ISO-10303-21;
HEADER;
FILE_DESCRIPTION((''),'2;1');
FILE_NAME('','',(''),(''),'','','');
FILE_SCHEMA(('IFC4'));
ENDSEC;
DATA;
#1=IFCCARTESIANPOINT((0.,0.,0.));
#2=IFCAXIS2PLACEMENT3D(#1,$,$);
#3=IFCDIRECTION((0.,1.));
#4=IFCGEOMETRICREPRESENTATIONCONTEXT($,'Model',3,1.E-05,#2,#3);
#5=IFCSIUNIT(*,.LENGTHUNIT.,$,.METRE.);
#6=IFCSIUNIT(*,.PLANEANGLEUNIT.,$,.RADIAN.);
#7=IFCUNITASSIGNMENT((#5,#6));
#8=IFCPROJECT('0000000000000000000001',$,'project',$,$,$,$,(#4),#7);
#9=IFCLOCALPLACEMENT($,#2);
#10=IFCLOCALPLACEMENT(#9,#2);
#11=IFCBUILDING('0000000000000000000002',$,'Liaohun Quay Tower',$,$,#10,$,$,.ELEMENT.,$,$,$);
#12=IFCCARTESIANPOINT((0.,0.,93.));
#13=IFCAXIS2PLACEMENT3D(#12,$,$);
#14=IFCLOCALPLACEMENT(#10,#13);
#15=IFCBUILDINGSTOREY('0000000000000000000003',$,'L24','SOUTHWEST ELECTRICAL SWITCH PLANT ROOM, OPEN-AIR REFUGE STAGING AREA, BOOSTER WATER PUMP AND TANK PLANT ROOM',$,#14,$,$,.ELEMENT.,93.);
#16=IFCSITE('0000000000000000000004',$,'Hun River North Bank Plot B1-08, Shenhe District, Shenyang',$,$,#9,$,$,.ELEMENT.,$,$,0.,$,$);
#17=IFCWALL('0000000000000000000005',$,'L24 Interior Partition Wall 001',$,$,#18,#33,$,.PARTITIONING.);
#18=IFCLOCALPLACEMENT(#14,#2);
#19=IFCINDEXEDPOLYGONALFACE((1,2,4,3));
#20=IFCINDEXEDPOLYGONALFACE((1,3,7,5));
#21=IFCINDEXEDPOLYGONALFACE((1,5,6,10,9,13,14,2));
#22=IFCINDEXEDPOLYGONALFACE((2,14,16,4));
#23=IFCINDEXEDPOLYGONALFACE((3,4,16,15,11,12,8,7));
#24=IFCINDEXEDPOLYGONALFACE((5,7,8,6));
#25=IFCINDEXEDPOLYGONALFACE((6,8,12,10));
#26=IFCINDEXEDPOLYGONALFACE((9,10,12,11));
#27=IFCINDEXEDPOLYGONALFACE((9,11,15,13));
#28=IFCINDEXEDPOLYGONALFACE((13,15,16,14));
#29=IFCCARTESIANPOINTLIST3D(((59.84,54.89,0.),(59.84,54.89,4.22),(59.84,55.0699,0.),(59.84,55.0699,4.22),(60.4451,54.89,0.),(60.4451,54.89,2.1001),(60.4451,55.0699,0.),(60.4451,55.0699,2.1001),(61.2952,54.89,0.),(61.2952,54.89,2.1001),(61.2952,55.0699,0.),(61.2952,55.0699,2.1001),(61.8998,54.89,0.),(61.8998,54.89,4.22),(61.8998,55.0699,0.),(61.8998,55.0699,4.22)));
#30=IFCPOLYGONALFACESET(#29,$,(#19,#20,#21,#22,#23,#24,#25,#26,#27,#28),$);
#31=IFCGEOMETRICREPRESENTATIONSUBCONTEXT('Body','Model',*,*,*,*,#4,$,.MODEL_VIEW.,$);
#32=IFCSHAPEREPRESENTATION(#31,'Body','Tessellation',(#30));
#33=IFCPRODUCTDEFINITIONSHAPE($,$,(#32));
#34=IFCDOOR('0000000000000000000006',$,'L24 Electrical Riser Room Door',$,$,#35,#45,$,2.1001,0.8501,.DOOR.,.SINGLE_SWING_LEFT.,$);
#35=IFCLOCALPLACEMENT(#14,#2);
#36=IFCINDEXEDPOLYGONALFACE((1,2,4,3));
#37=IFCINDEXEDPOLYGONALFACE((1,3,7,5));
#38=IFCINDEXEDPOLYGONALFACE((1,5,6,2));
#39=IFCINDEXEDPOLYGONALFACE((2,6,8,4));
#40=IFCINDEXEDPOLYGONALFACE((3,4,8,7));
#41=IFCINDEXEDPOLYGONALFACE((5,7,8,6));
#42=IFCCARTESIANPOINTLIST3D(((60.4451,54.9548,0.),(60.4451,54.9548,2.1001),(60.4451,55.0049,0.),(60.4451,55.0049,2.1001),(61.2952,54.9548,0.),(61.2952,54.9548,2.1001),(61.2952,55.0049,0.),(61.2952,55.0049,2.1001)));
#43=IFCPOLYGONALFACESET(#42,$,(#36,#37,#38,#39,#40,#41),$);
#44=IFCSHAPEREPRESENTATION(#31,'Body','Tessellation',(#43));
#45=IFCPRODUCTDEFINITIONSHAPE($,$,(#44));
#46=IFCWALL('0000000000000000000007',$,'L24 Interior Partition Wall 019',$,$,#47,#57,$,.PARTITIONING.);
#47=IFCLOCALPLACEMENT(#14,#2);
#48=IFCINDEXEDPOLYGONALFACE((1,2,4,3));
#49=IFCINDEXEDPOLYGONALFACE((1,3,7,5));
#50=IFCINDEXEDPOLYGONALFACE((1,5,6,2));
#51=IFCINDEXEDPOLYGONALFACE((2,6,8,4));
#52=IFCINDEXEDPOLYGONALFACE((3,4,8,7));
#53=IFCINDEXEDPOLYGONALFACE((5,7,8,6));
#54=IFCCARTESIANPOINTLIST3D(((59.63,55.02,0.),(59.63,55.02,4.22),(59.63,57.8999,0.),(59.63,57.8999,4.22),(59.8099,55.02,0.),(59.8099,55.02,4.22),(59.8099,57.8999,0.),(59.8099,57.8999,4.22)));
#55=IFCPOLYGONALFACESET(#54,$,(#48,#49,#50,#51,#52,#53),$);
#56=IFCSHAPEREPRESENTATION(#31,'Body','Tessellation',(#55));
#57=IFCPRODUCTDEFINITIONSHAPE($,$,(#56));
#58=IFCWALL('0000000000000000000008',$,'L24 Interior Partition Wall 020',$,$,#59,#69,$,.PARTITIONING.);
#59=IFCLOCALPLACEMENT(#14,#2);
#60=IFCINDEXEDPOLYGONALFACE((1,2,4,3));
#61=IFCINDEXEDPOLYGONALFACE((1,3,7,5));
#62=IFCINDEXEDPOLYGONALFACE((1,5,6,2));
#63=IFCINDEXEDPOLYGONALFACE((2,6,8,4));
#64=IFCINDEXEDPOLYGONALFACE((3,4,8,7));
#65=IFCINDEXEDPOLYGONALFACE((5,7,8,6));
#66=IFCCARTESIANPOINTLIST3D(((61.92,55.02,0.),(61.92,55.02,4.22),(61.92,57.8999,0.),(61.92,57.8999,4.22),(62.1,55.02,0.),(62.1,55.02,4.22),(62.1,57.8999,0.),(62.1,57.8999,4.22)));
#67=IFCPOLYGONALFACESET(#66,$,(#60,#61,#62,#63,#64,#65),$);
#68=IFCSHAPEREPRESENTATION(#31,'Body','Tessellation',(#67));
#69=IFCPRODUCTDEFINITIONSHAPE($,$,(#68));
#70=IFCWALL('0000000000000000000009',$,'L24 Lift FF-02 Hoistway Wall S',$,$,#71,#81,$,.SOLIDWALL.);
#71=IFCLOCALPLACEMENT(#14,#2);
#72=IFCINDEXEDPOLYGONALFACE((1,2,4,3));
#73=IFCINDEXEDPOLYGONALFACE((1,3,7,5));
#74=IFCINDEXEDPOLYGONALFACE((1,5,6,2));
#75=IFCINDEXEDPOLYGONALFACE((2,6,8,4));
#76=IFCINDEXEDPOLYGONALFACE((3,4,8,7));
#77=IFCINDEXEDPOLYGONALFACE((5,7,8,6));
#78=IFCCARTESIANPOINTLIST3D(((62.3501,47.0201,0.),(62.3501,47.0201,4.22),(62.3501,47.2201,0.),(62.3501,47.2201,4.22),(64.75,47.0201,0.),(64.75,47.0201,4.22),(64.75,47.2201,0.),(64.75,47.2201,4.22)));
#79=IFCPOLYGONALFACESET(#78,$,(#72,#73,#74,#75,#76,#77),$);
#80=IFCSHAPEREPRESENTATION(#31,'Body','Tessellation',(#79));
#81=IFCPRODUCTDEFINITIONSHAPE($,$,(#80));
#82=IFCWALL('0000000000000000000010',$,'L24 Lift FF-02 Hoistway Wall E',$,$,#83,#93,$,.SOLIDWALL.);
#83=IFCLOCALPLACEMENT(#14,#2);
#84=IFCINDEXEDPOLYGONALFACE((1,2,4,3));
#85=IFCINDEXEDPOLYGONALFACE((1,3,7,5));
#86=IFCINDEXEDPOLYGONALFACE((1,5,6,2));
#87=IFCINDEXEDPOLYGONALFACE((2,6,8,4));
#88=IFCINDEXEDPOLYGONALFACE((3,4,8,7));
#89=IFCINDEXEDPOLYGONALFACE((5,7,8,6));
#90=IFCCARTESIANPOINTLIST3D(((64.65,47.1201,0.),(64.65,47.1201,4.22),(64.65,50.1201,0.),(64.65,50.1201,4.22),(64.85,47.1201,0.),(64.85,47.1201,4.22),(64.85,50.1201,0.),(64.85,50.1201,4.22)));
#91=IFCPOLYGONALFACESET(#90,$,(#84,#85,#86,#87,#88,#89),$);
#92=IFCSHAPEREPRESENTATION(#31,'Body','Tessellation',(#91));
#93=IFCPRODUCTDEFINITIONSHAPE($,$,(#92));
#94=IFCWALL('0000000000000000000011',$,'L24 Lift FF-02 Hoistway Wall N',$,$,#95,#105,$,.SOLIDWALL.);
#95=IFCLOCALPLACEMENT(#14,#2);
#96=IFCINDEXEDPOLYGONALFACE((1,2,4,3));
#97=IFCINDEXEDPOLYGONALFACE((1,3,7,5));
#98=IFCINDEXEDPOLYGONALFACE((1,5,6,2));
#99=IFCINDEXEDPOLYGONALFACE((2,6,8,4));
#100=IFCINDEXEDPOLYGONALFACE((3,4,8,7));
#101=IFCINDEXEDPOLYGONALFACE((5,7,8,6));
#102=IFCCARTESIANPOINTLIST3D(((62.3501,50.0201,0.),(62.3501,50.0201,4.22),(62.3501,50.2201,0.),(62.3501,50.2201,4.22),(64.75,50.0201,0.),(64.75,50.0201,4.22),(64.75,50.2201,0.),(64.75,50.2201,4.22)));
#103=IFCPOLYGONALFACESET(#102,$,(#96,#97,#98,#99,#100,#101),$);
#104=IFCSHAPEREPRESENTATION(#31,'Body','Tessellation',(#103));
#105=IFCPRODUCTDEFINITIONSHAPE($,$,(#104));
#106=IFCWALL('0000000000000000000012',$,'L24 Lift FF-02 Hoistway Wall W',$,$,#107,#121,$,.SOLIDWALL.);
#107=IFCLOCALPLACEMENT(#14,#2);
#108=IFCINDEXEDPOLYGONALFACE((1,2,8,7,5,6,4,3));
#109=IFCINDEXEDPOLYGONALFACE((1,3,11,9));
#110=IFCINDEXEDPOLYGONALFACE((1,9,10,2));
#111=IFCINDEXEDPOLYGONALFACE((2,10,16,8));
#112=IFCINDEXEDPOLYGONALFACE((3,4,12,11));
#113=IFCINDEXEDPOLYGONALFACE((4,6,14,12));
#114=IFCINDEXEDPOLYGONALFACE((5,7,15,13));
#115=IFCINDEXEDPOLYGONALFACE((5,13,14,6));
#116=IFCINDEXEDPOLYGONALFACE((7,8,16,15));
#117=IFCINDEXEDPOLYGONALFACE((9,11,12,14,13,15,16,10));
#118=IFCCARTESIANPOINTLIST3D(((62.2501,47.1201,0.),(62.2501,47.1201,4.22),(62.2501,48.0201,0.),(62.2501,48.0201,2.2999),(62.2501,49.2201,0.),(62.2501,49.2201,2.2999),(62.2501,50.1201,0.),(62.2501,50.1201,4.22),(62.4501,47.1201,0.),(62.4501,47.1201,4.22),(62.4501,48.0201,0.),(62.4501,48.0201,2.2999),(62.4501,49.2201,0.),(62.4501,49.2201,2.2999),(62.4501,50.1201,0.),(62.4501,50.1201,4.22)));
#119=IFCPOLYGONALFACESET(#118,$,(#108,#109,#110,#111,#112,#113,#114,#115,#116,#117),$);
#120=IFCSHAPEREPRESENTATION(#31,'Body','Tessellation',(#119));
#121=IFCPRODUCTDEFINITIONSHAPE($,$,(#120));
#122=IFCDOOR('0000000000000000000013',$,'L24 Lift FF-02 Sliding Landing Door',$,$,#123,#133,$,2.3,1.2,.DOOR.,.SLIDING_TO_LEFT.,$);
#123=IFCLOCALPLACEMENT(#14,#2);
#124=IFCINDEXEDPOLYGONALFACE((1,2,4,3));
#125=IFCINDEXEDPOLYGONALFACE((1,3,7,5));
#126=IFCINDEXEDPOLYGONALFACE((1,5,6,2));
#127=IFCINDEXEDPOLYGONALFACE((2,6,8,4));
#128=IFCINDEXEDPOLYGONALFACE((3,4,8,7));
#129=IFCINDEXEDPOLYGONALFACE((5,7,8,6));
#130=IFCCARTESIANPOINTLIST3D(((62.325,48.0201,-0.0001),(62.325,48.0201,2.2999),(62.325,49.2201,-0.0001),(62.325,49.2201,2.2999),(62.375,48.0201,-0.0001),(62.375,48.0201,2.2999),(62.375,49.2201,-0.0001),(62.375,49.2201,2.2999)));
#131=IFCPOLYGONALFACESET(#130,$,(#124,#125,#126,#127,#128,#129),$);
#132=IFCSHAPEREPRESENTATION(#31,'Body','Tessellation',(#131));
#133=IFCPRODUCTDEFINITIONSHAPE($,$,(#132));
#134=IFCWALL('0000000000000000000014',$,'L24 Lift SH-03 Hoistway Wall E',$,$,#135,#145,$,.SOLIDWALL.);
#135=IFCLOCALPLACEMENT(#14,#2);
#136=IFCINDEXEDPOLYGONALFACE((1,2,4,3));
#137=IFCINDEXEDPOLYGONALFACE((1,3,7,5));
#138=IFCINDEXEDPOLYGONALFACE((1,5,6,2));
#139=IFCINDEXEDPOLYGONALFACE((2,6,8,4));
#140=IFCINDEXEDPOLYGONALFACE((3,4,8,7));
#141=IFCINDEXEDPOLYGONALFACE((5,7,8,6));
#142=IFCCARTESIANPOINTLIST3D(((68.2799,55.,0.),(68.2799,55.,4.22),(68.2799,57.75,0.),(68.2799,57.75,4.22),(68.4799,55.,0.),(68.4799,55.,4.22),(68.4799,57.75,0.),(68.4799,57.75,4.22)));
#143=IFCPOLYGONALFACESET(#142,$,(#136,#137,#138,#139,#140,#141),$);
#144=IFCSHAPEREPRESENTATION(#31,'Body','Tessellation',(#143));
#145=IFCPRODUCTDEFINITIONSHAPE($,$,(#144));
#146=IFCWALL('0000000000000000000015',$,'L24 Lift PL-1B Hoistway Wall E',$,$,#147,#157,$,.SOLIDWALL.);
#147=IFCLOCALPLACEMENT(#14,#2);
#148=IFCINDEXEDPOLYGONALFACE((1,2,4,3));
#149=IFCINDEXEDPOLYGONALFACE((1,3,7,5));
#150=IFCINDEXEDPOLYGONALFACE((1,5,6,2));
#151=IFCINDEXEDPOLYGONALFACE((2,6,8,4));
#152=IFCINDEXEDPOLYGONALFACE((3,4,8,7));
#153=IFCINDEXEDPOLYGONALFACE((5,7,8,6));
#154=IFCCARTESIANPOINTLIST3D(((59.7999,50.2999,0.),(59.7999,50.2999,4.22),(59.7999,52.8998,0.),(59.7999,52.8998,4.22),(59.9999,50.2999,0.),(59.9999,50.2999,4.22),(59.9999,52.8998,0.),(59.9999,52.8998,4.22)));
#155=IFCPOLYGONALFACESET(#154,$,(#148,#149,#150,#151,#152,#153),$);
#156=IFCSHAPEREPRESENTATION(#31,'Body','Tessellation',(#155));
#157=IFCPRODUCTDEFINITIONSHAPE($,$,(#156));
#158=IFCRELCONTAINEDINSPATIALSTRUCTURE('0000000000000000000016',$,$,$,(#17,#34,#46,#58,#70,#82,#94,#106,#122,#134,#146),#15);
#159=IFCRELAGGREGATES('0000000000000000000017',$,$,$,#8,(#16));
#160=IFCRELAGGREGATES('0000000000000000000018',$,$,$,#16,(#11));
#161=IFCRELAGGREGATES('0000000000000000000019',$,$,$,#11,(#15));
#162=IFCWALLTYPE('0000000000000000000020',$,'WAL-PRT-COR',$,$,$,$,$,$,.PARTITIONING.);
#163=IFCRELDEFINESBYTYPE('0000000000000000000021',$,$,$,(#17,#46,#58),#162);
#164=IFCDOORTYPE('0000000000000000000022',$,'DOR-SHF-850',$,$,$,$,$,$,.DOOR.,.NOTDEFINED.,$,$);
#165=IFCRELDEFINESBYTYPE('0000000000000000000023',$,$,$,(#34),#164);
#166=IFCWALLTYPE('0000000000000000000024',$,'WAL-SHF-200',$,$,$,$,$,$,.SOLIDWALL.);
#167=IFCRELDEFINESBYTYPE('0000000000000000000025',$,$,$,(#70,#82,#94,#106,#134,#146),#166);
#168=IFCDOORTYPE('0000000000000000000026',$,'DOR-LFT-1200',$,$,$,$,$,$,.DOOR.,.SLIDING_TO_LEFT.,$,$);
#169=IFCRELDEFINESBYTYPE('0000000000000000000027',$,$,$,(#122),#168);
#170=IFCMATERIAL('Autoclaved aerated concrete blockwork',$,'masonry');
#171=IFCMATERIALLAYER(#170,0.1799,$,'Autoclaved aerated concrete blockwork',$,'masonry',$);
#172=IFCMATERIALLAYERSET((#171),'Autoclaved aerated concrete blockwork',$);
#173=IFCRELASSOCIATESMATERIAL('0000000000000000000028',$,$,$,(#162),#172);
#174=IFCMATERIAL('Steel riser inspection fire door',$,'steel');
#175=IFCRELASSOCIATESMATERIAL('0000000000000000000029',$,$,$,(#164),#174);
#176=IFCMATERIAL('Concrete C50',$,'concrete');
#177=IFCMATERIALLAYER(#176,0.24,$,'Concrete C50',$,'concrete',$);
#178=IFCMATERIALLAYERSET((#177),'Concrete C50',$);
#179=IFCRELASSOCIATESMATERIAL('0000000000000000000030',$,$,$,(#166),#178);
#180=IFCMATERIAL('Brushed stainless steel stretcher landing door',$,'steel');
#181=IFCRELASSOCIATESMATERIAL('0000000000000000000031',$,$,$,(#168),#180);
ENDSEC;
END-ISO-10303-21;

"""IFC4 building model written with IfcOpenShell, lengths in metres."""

from ifc_helpers import new_model, si_unit, direction, frame, frame_2d, origin, place, context, subcontext, project, spatial, rectangle, extrude, source, transform, mapped, material, layer, layer_set, type_object, element, fill, save


model = new_model("IFC4")

# Units and contexts
model_context = context("Model", 3, precision=1e-05, world=origin(), true_north=direction((0.0, 1.0)))
body_context = subcontext(model_context, "Body", "Model", "MODEL_VIEW")
ifc_project = project(units=[si_unit("LENGTHUNIT", "METRE"), si_unit("PLANEANGLEUNIT", "RADIAN")], contexts=[model_context])

# Site, building, storey
site_placement = place(None, origin())
site = spatial("IfcSite", under=ifc_project, at=site_placement, Name="Hun River North Bank Plot B1-08, Shenhe District, Shenyang", CompositionType="ELEMENT", RefElevation=0.0)
building_placement = place(site_placement, origin())
building = spatial("IfcBuilding", under=site, at=building_placement, Name="Liaohun Quay Tower", CompositionType="ELEMENT")
storey_placement = place(building_placement, frame((0.0, 0.0, 93.0)))
storey = spatial("IfcBuildingStorey", under=building, at=storey_placement, Name="L24", Description="SOUTHWEST ELECTRICAL SWITCH PLANT ROOM, OPEN-AIR REFUGE STAGING AREA, BOOSTER WATER PUMP AND TANK PLANT ROOM", CompositionType="ELEMENT", Elevation=93.0)

# Wall, opening, door
ifc_material_1 = material(Name="Autoclaved aerated concrete blockwork", Category="masonry")
ifc_layer_1 = layer(ifc_material_1, 0.1799, Name="Autoclaved aerated concrete blockwork", Category="masonry")
ifc_layer_set_1 = layer_set([ifc_layer_1], Name="Autoclaved aerated concrete blockwork")
wall_type_1 = type_object("IfcWallType", Name="WAL-PRT-COR", PredefinedType="PARTITIONING", material=ifc_layer_set_1)
wall_1_placement = place(storey_placement, frame((59.8401, 54.98, 0.0), z_axis=(0.0, 0.0, 1.0), x_axis=(1.0, 0.0, 0.0)))
wall_1 = element("IfcWall", 1, at=wall_1_placement, inside=storey, type_object=wall_type_1, Name="L24 Interior Partition Wall 001", PredefinedType="PARTITIONING", context=body_context, shape_type="SweptSolid", body=[
    extrude(rectangle(XDim=2.0598, YDim=0.1799, at=frame_2d((1.0298, 0.0))), origin(), (0.0, 0.0, 1.0), 4.22),
])
shared_shape_1 = source(origin(), body_context, "Body", "SweptSolid", [
    extrude(rectangle(XDim=0.8501, YDim=2.1001, at=frame_2d((0.425, 1.05))), frame((0.0, 0.0999, 0.0), z_axis=(0.0, -1.0, 0.0), x_axis=(1.0, 0.0, 0.0)), (0.0, 0.0, 1.0), 0.2),
])
opening_1_placement = place(wall_1_placement, frame((0.605, 0.0, 0.0)))
opening_1 = element("IfcOpeningElement", 2, at=opening_1_placement, cuts=wall_1, PredefinedType="OPENING", context=body_context, shape_type="MappedRepresentation", body=[
    mapped(shared_shape_1, transform((0.0, 0.0, 0.0), x_axis=(1.0, 0.0, 0.0), y_axis=(0.0, 1.0, 0.0), z_axis=(0.0, 0.0, 1.0), scale=1.0)),
])
ifc_material_2 = material(Name="Steel riser inspection fire door", Category="steel")
door_type_1 = type_object("IfcDoorType", Name="DOR-SHF-850", OperationType="NOTDEFINED", PredefinedType="DOOR", material=ifc_material_2)
shared_shape_2 = source(origin(), body_context, "Body", "SweptSolid", [
    extrude(rectangle(XDim=0.8501, YDim=2.1001, at=frame_2d((0.425, 1.05))), frame((0.0, 0.0249, 0.0), z_axis=(0.0, -1.0, 0.0), x_axis=(1.0, 0.0, 0.0)), (0.0, 0.0, 1.0), 0.05),
])
door_1_placement = place(opening_1_placement, origin())
door_1 = element("IfcDoor", 3, at=door_1_placement, inside=storey, type_object=door_type_1, Name="L24 Electrical Riser Room Door", OperationType="SINGLE_SWING_LEFT", OverallHeight=2.1001, OverallWidth=0.8501, PredefinedType="DOOR", context=body_context, shape_type="MappedRepresentation", body=[
    mapped(shared_shape_2, transform((0.0, 0.0, 0.0), x_axis=(1.0, 0.0, 0.0), y_axis=(0.0, 1.0, 0.0), z_axis=(0.0, 0.0, 1.0), scale=1.0)),
])
fill(opening_1, door_1)

# Walls
for number, where, z_axis, x_axis, name in (
    (4, (59.72, 55.02, 0.0), (0.0, 0.0, 1.0), (0.0, 1.0, 0.0), "L24 Interior Partition Wall 019"),
    (5, (62.01, 55.02, 0.0), (0.0, 0.0, 1.0), (0.0, 1.0, 0.0), "L24 Interior Partition Wall 020"),
):
    element("IfcWall", number, at=place(storey_placement, frame(where, z_axis=z_axis, x_axis=x_axis)), inside=storey, type_object=wall_type_1, Name=name, PredefinedType="PARTITIONING", context=body_context, shape_type="SweptSolid", body=[
        extrude(rectangle(XDim=2.8799, YDim=0.1799, at=frame_2d((1.4399, 0.0))), origin(), (0.0, 0.0, 1.0), 4.22),
    ])
ifc_material_3 = material(Name="Concrete C50", Category="concrete")
ifc_layer_2 = layer(ifc_material_3, 0.24, Name="Concrete C50", Category="concrete")
ifc_layer_set_2 = layer_set([ifc_layer_2], Name="Concrete C50")
wall_type_2 = type_object("IfcWallType", Name="WAL-SHF-200", PredefinedType="SOLIDWALL", material=ifc_layer_set_2)
wall_2_placement = place(storey_placement, frame((62.3501, 47.1201, 0.0), z_axis=(0.0, 0.0, 1.0), x_axis=(1.0, 0.0, 0.0)))
element("IfcWall", 6, at=wall_2_placement, inside=storey, type_object=wall_type_2, Name="L24 Lift FF-02 Hoistway Wall S", PredefinedType="SOLIDWALL", context=body_context, shape_type="SweptSolid", body=[
    extrude(rectangle(XDim=2.3999, YDim=0.2, at=frame_2d((1.2, 0.0))), origin(), (0.0, 0.0, 1.0), 4.22),
])
wall_3_placement = place(storey_placement, frame((64.75, 47.1201, 0.0), z_axis=(0.0, 0.0, 1.0), x_axis=(0.0, 1.0, 0.0)))
element("IfcWall", 7, at=wall_3_placement, inside=storey, type_object=wall_type_2, Name="L24 Lift FF-02 Hoistway Wall E", PredefinedType="SOLIDWALL", context=body_context, shape_type="SweptSolid", body=[
    extrude(rectangle(XDim=3.0, YDim=0.2, at=frame_2d((1.5, 0.0))), origin(), (0.0, 0.0, 1.0), 4.22),
])
wall_4_placement = place(storey_placement, frame((64.75, 50.1201, 0.0), z_axis=(0.0, 0.0, 1.0), x_axis=(-1.0, 0.0, 0.0)))
element("IfcWall", 8, at=wall_4_placement, inside=storey, type_object=wall_type_2, Name="L24 Lift FF-02 Hoistway Wall N", PredefinedType="SOLIDWALL", context=body_context, shape_type="SweptSolid", body=[
    extrude(rectangle(XDim=2.3999, YDim=0.2, at=frame_2d((1.2, 0.0))), origin(), (0.0, 0.0, 1.0), 4.22),
])

# Wall, opening, door
wall_5_placement = place(storey_placement, frame((62.3501, 50.1201, 0.0), z_axis=(0.0, 0.0, 1.0), x_axis=(0.0, -1.0, 0.0)))
wall_5 = element("IfcWall", 9, at=wall_5_placement, inside=storey, type_object=wall_type_2, Name="L24 Lift FF-02 Hoistway Wall W", PredefinedType="SOLIDWALL", context=body_context, shape_type="SweptSolid", body=[
    extrude(rectangle(XDim=3.0, YDim=0.2, at=frame_2d((1.5, 0.0))), origin(), (0.0, 0.0, 1.0), 4.22),
])
shared_shape_3 = source(origin(), body_context, "Body", "SweptSolid", [
    extrude(rectangle(XDim=1.2, YDim=2.3, at=frame_2d((0.6001, 1.1499))), frame((0.0, 0.1099, 0.0), z_axis=(0.0, -1.0, 0.0), x_axis=(1.0, 0.0, 0.0)), (0.0, 0.0, 1.0), 0.22),
])
opening_2_placement = place(wall_5_placement, frame((0.8999, 0.0, 0.0)))
opening_2 = element("IfcOpeningElement", 10, at=opening_2_placement, cuts=wall_5, PredefinedType="OPENING", context=body_context, shape_type="MappedRepresentation", body=[
    mapped(shared_shape_3, transform((0.0, 0.0, 0.0), x_axis=(1.0, 0.0, 0.0), y_axis=(0.0, 1.0, 0.0), z_axis=(0.0, 0.0, 1.0), scale=1.0)),
])
ifc_material_4 = material(Name="Brushed stainless steel stretcher landing door", Category="steel")
door_type_2 = type_object("IfcDoorType", Name="DOR-LFT-1200", OperationType="SLIDING_TO_LEFT", PredefinedType="DOOR", material=ifc_material_4)
shared_shape_4 = source(origin(), body_context, "Body", "SweptSolid", [
    extrude(rectangle(XDim=1.2, YDim=2.3, at=frame_2d((0.6001, 1.1499))), frame((0.0, 0.0249, 0.0), z_axis=(0.0, -1.0, 0.0), x_axis=(1.0, 0.0, 0.0)), (0.0, 0.0, 1.0), 0.05),
])
door_2_placement = place(opening_2_placement, origin())
door_2 = element("IfcDoor", 11, at=door_2_placement, inside=storey, type_object=door_type_2, Name="L24 Lift FF-02 Sliding Landing Door", OperationType="SLIDING_TO_LEFT", OverallHeight=2.3, OverallWidth=1.2, PredefinedType="DOOR", context=body_context, shape_type="MappedRepresentation", body=[
    mapped(shared_shape_4, transform((0.0, 0.0, 0.0), x_axis=(1.0, 0.0, 0.0), y_axis=(0.0, 1.0, 0.0), z_axis=(0.0, 0.0, 1.0), scale=1.0)),
])
fill(opening_2, door_2)

# Walls
wall_6_placement = place(storey_placement, frame((68.3799, 55.0, 0.0), z_axis=(0.0, 0.0, 1.0), x_axis=(0.0, 1.0, 0.0)))
element("IfcWall", 12, at=wall_6_placement, inside=storey, type_object=wall_type_2, Name="L24 Lift SH-03 Hoistway Wall E", PredefinedType="SOLIDWALL", context=body_context, shape_type="SweptSolid", body=[
    extrude(rectangle(XDim=2.75, YDim=0.2, at=frame_2d((1.375, 0.0))), origin(), (0.0, 0.0, 1.0), 4.22),
])
wall_7_placement = place(storey_placement, frame((59.8999, 50.3, 0.0), z_axis=(0.0, 0.0, 1.0), x_axis=(0.0, 1.0, 0.0)))
element("IfcWall", 13, at=wall_7_placement, inside=storey, type_object=wall_type_2, Name="L24 Lift PL-1B Hoistway Wall E", PredefinedType="SOLIDWALL", context=body_context, shape_type="SweptSolid", body=[
    extrude(rectangle(XDim=2.5999, YDim=0.2, at=frame_2d((1.2998, 0.0))), origin(), (0.0, 0.0, 1.0), 4.22),
])

save(model, "model.ifc")
